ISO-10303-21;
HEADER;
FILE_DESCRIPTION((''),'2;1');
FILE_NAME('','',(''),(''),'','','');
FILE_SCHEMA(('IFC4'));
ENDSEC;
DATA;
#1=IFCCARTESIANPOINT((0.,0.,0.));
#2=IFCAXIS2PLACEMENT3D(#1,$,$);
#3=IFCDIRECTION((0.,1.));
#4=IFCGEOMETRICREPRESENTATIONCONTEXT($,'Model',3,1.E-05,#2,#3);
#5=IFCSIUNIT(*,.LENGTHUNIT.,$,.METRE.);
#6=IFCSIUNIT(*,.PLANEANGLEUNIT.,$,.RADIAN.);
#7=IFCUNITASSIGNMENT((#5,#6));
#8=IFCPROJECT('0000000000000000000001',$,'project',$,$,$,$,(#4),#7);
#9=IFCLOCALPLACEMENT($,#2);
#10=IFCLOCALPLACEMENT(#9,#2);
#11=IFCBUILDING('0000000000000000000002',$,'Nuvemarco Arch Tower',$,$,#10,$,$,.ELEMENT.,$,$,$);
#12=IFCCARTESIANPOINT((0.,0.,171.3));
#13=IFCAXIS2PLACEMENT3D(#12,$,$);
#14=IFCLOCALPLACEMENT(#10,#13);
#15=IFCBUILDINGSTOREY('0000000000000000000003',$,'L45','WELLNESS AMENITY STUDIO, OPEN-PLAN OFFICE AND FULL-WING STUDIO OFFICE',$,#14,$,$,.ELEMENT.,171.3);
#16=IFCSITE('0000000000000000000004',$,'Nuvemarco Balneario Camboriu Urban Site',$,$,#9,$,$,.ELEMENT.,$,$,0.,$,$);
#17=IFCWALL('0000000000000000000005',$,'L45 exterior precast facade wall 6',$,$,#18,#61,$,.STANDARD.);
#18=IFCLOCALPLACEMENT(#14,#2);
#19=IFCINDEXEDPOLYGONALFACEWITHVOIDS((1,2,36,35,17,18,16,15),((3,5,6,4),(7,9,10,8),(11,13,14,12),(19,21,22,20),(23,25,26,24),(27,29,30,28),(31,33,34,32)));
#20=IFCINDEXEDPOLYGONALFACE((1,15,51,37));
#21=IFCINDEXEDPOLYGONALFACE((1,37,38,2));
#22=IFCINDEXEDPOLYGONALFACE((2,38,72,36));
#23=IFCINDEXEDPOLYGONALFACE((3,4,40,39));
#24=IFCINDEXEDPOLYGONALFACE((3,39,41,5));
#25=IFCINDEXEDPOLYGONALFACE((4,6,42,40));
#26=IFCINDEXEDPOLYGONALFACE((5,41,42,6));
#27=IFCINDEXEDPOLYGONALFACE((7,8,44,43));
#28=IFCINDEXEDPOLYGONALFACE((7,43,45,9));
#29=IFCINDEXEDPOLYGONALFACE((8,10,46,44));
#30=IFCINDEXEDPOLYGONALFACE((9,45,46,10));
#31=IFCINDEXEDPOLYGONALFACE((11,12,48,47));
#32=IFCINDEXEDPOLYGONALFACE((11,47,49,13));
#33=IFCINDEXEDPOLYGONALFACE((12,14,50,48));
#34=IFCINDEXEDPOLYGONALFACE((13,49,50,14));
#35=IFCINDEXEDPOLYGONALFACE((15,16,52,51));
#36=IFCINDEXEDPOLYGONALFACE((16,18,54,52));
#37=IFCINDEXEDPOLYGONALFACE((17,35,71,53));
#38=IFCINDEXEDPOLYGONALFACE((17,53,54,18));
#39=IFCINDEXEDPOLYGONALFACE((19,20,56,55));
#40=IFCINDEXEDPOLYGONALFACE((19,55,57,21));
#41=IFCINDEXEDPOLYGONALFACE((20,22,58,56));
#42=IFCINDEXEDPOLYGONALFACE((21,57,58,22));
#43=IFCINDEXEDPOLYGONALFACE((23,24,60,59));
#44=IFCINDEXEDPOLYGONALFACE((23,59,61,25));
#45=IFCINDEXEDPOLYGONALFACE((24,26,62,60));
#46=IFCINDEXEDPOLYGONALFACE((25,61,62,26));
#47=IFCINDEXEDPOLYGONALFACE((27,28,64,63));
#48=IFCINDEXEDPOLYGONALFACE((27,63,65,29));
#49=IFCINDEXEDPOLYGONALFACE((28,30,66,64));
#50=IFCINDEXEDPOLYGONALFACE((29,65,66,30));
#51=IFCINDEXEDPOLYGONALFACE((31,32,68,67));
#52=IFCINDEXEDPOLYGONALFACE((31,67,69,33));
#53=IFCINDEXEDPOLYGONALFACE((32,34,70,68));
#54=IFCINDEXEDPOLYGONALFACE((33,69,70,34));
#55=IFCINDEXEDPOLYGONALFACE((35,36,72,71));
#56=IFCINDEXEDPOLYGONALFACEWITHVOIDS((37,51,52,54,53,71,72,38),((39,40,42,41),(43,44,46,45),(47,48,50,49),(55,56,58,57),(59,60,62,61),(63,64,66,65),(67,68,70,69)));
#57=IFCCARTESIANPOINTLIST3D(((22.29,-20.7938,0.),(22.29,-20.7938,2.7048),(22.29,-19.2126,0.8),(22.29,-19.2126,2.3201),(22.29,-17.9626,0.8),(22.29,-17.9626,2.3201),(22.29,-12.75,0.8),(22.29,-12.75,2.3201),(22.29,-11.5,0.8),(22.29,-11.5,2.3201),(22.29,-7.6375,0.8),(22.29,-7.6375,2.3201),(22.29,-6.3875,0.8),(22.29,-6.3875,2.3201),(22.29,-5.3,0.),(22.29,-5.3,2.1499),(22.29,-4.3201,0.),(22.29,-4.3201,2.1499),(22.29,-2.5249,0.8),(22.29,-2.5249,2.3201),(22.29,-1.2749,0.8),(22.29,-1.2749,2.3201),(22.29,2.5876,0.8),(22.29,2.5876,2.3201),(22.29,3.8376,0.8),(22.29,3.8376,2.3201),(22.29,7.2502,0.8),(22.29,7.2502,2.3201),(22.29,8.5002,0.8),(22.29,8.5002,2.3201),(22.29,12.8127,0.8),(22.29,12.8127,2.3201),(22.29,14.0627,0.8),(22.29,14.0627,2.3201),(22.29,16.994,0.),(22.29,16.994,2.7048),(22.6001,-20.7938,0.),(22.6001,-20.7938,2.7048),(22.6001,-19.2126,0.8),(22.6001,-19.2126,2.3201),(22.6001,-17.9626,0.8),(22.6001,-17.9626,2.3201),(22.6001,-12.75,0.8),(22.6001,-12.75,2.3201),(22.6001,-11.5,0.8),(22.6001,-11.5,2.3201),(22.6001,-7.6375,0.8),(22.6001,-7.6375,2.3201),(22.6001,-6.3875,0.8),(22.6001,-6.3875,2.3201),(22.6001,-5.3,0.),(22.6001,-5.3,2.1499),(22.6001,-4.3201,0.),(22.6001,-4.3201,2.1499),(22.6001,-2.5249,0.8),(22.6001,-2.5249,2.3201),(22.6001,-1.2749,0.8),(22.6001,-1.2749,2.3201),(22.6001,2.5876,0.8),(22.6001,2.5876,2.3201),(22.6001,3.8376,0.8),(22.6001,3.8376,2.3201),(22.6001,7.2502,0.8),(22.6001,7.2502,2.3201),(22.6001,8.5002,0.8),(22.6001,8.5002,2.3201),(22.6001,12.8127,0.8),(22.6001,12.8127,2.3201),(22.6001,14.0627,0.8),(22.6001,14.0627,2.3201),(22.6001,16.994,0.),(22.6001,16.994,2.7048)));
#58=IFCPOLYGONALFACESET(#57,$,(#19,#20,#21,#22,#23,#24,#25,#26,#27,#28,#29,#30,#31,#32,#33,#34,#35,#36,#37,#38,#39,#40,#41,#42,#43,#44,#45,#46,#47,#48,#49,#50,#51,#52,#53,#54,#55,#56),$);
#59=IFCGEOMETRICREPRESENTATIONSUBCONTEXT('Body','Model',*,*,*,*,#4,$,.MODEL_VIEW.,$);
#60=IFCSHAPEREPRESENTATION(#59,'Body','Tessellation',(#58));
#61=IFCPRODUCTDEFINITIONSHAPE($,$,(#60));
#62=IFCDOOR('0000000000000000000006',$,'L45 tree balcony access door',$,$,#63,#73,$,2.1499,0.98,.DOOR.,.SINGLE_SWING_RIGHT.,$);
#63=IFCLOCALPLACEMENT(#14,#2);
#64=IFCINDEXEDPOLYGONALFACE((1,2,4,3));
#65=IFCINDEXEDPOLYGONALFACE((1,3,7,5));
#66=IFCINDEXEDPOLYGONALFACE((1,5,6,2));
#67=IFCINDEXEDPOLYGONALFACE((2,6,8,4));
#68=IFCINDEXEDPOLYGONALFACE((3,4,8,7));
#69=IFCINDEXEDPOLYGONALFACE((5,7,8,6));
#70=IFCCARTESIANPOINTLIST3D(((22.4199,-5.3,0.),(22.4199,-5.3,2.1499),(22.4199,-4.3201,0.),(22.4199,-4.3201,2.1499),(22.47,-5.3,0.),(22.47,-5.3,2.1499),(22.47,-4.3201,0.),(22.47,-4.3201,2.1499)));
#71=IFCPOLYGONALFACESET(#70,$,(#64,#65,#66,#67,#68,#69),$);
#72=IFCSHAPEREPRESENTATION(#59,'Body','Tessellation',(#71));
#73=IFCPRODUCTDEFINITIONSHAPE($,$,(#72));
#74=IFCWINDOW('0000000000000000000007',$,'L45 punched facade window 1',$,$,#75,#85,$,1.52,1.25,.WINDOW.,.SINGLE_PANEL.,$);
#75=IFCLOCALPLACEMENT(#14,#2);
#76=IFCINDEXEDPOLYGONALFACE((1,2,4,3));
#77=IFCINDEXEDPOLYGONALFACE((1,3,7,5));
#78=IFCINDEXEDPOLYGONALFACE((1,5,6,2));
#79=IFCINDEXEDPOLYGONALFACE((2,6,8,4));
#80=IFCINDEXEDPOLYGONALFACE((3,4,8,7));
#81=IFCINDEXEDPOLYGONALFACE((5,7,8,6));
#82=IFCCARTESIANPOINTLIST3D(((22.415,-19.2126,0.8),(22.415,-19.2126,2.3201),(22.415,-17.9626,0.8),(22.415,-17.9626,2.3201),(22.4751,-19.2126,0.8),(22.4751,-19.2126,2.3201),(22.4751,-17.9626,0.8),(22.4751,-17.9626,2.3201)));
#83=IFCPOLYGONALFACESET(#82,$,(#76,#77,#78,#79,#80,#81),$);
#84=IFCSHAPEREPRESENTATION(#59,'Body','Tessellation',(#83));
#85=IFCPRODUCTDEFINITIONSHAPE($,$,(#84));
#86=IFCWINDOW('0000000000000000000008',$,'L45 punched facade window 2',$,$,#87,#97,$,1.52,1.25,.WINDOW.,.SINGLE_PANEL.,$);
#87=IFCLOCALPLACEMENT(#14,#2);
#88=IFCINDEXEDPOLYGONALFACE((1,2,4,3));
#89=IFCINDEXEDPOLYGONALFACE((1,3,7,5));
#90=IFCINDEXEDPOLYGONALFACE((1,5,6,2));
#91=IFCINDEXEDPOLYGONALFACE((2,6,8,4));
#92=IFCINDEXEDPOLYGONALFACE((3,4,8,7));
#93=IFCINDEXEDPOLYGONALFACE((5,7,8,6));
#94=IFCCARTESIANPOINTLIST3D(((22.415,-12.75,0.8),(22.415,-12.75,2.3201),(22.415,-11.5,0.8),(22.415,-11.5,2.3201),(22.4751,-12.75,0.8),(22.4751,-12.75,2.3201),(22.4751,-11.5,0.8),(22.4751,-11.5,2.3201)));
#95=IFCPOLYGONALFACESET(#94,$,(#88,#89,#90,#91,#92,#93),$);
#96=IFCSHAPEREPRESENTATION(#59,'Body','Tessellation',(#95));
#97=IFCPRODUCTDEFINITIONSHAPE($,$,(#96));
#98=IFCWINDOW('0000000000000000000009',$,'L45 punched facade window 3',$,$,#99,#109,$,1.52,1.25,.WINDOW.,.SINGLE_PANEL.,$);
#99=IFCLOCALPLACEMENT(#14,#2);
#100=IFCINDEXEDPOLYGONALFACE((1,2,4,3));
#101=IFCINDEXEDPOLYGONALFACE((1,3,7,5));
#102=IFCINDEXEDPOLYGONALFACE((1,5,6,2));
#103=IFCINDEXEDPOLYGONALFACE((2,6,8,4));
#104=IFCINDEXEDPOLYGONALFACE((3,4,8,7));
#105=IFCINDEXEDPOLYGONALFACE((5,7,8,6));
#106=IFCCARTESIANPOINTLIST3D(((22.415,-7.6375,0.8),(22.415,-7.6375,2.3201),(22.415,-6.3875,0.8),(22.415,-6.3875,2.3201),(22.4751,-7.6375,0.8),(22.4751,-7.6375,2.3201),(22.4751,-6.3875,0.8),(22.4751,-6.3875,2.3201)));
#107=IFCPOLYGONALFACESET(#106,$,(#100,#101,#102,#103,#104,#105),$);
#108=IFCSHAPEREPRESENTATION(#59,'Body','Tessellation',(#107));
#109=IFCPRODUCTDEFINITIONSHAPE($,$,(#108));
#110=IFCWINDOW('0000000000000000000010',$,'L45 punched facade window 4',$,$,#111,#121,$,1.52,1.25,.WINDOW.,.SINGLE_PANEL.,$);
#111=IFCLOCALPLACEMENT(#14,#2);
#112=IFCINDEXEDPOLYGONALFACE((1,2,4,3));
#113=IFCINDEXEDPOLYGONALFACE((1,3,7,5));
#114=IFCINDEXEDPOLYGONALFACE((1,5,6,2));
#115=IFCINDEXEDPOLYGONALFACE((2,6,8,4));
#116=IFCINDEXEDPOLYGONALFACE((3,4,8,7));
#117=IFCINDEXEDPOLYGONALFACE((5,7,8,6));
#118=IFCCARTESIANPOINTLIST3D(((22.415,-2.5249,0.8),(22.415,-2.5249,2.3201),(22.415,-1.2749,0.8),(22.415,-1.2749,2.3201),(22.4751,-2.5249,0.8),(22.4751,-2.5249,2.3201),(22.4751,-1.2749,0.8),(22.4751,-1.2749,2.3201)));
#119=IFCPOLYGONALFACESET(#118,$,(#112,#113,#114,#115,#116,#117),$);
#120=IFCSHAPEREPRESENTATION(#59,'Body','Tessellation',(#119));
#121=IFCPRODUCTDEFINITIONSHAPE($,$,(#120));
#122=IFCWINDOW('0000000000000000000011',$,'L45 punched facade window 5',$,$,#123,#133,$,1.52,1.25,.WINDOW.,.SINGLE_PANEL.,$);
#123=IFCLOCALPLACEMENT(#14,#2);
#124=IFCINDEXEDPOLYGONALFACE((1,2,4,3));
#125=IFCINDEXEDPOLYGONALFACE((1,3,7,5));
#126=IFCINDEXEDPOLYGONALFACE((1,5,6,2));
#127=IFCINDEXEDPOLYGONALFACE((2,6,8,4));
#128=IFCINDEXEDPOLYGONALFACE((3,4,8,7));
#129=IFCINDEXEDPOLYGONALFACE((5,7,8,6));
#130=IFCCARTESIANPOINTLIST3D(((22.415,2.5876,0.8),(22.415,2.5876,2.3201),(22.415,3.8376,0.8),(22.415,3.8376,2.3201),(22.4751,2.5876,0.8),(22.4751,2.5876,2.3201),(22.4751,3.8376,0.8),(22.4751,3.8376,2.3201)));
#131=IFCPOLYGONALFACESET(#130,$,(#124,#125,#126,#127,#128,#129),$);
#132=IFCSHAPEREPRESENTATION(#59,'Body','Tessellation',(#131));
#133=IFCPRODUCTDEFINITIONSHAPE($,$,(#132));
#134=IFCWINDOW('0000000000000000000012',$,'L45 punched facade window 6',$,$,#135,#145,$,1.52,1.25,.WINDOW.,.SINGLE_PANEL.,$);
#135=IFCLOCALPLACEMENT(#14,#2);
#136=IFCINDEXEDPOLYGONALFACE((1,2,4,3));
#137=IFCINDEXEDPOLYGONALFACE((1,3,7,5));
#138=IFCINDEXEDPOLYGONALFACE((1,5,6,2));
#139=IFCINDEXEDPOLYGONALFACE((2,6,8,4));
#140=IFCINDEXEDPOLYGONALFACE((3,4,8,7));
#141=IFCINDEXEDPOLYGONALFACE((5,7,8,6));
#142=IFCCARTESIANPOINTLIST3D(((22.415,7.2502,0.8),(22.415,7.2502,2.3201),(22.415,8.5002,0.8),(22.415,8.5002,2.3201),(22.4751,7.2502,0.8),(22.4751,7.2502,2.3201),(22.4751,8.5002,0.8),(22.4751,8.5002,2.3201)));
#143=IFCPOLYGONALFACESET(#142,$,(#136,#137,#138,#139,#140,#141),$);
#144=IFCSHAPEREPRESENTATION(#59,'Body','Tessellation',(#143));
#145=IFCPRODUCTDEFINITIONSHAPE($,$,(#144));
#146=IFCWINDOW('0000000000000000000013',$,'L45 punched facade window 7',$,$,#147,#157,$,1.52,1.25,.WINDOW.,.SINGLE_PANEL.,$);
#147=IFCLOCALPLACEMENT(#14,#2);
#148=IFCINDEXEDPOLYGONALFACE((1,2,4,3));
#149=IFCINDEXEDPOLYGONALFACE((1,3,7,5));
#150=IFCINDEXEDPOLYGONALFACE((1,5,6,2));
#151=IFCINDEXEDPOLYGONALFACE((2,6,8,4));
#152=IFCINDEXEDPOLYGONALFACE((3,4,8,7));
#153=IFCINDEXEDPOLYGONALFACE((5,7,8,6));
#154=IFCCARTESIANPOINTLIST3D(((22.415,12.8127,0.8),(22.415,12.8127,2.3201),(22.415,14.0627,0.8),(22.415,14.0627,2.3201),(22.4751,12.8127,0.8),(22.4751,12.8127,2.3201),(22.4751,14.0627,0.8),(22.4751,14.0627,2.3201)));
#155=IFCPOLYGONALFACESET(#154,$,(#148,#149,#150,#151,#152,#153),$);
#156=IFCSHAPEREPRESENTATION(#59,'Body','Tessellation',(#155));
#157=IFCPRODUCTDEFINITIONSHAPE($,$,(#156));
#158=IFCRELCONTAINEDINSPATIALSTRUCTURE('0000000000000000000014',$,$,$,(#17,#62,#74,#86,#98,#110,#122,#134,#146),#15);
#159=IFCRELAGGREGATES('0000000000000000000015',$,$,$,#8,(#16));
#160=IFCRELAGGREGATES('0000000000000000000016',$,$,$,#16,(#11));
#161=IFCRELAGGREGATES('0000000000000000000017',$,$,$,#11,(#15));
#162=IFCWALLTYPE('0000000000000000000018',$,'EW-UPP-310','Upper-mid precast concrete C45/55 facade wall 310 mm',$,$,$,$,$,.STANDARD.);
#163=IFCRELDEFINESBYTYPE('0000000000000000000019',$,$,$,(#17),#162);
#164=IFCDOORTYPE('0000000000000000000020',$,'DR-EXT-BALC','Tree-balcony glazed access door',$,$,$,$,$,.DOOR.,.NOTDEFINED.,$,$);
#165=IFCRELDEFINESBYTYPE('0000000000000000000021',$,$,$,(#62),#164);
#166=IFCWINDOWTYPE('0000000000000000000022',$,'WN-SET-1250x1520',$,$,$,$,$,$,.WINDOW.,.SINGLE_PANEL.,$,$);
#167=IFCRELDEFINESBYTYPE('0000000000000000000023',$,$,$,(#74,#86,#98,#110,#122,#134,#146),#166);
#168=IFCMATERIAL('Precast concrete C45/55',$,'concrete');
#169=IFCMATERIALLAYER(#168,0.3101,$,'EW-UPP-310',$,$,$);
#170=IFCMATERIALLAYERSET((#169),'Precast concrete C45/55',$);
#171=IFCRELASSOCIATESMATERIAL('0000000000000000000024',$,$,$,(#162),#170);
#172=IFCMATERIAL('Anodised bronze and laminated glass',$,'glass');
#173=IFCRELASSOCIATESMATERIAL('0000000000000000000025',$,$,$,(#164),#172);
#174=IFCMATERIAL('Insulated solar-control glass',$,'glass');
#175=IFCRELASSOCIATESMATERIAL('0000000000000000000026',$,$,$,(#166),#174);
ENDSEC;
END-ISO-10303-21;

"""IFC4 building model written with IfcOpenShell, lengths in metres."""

from ifc_helpers import new_model, si_unit, direction, frame, frame_2d, origin, place, context, subcontext, project, spatial, rectangle, extrude, source, transform, mapped, material, layer, layer_set, type_object, type_shapes, element, fill, save


model = new_model("IFC4")

# Units and contexts
model_context = context("Model", 3, precision=1e-05, world=origin(), true_north=direction((0.0, 1.0)))
body_context = subcontext(model_context, "Body", "Model", "MODEL_VIEW")
ifc_project = project(units=[si_unit("LENGTHUNIT", "METRE"), si_unit("PLANEANGLEUNIT", "RADIAN")], contexts=[model_context])

# Site, building, storey
site_placement = place(None, origin())
site = spatial("IfcSite", under=ifc_project, at=site_placement, Name="Nuvemarco Balneario Camboriu Urban Site", CompositionType="ELEMENT", RefElevation=0.0)
building_placement = place(site_placement, origin())
building = spatial("IfcBuilding", under=site, at=building_placement, Name="Nuvemarco Arch Tower", CompositionType="ELEMENT")
storey_placement = place(building_placement, frame((0.0, 0.0, 171.3)))
storey = spatial("IfcBuildingStorey", under=building, at=storey_placement, Name="L45", Description="WELLNESS AMENITY STUDIO, OPEN-PLAN OFFICE AND FULL-WING STUDIO OFFICE", CompositionType="ELEMENT", Elevation=171.3)

# Shared definitions
ifc_material_1 = material(Name="Precast concrete C45/55", Category="concrete")

# Shared definitions
ifc_layer_1 = layer(ifc_material_1, 0.3101, Name="EW-UPP-310")
ifc_layer_set_1 = layer_set([ifc_layer_1], Name="Precast concrete C45/55")
wall_type_1 = type_object("IfcWallType", Name="EW-UPP-310", Description="Upper-mid precast concrete C45/55 facade wall 310 mm", PredefinedType="STANDARD", material=ifc_layer_set_1)

# Wall, openings, door, windows
wall_1_placement = place(storey_placement, frame((22.4451, -20.7939, 0.0), z_axis=(0.0, 0.0, 1.0), x_axis=(0.0, 1.0, 0.0)))
wall_1 = element("IfcWall", 1, at=wall_1_placement, inside=storey, type_object=wall_type_1, Name="L45 exterior precast facade wall 6", PredefinedType="STANDARD", context=body_context, shape_type="SweptSolid", body=[
    extrude(rectangle(XDim=37.7878, YDim=0.3101, at=frame_2d((18.894, 0.0))), origin(), (0.0, 0.0, 1.0), 2.7048),
])
opening_1_placement = place(wall_1_placement, frame((16.4739, 0.0, 0.0), z_axis=(0.0, 0.0, 1.0), x_axis=(-1.0, 0.0, 0.0)))
opening_1 = element("IfcOpeningElement", 2, at=opening_1_placement, cuts=wall_1, PredefinedType="OPENING", context=body_context, shape_type="SweptSolid", body=[
    extrude(rectangle(XDim=0.98, YDim=2.1499, at=frame_2d((0.49, 1.075))), frame((0.0, 0.165, 0.0), z_axis=(0.0, -1.0, 0.0), x_axis=(1.0, 0.0, 0.0)), (0.0, 0.0, 1.0), 0.3301),
])
opening_2_placement = place(wall_1_placement, frame((1.5813, 0.0, 0.8)))
opening_2 = element("IfcOpeningElement", 3, at=opening_2_placement, cuts=wall_1, PredefinedType="OPENING", context=body_context, shape_type="SweptSolid", body=[
    extrude(rectangle(XDim=1.25, YDim=1.52, at=frame_2d((0.625, 0.76))), frame((0.0, 0.165, 0.0), z_axis=(0.0, -1.0, 0.0), x_axis=(1.0, 0.0, 0.0)), (0.0, 0.0, 1.0), 0.3301),
])
opening_3_placement = place(wall_1_placement, frame((8.0439, 0.0, 0.8)))
opening_3 = element("IfcOpeningElement", 4, at=opening_3_placement, cuts=wall_1, PredefinedType="OPENING", context=body_context, shape_type="SweptSolid", body=[
    extrude(rectangle(XDim=1.25, YDim=1.52, at=frame_2d((0.625, 0.76))), frame((0.0, 0.165, 0.0), z_axis=(0.0, -1.0, 0.0), x_axis=(1.0, 0.0, 0.0)), (0.0, 0.0, 1.0), 0.3301),
])
opening_4_placement = place(wall_1_placement, frame((13.1565, 0.0, 0.8)))
opening_4 = element("IfcOpeningElement", 5, at=opening_4_placement, cuts=wall_1, PredefinedType="OPENING", context=body_context, shape_type="SweptSolid", body=[
    extrude(rectangle(XDim=1.25, YDim=1.52, at=frame_2d((0.625, 0.76))), frame((0.0, 0.165, 0.0), z_axis=(0.0, -1.0, 0.0), x_axis=(1.0, 0.0, 0.0)), (0.0, 0.0, 1.0), 0.3301),
])
opening_5_placement = place(wall_1_placement, frame((18.269, 0.0, 0.8)))
opening_5 = element("IfcOpeningElement", 6, at=opening_5_placement, cuts=wall_1, PredefinedType="OPENING", context=body_context, shape_type="SweptSolid", body=[
    extrude(rectangle(XDim=1.25, YDim=1.52, at=frame_2d((0.625, 0.76))), frame((0.0, 0.165, 0.0), z_axis=(0.0, -1.0, 0.0), x_axis=(1.0, 0.0, 0.0)), (0.0, 0.0, 1.0), 0.3301),
])
opening_6_placement = place(wall_1_placement, frame((23.3816, 0.0, 0.8)))
opening_6 = element("IfcOpeningElement", 7, at=opening_6_placement, cuts=wall_1, PredefinedType="OPENING", context=body_context, shape_type="SweptSolid", body=[
    extrude(rectangle(XDim=1.25, YDim=1.52, at=frame_2d((0.625, 0.76))), frame((0.0, 0.165, 0.0), z_axis=(0.0, -1.0, 0.0), x_axis=(1.0, 0.0, 0.0)), (0.0, 0.0, 1.0), 0.3301),
])
opening_7_placement = place(wall_1_placement, frame((28.0442, 0.0, 0.8)))
opening_7 = element("IfcOpeningElement", 8, at=opening_7_placement, cuts=wall_1, PredefinedType="OPENING", context=body_context, shape_type="SweptSolid", body=[
    extrude(rectangle(XDim=1.25, YDim=1.52, at=frame_2d((0.625, 0.76))), frame((0.0, 0.165, 0.0), z_axis=(0.0, -1.0, 0.0), x_axis=(1.0, 0.0, 0.0)), (0.0, 0.0, 1.0), 0.3301),
])
opening_8_placement = place(wall_1_placement, frame((33.6067, 0.0, 0.8)))
opening_8 = element("IfcOpeningElement", 9, at=opening_8_placement, cuts=wall_1, PredefinedType="OPENING", context=body_context, shape_type="SweptSolid", body=[
    extrude(rectangle(XDim=1.25, YDim=1.52, at=frame_2d((0.625, 0.76))), frame((0.0, 0.165, 0.0), z_axis=(0.0, -1.0, 0.0), x_axis=(1.0, 0.0, 0.0)), (0.0, 0.0, 1.0), 0.3301),
])
ifc_material_2 = material(Name="Anodised bronze and laminated glass", Category="glass")
door_type = type_object("IfcDoorType", Name="DR-EXT-BALC", Description="Tree-balcony glazed access door", OperationType="NOTDEFINED", PredefinedType="DOOR", material=ifc_material_2)
shared_shape_1 = source(origin(), body_context, "Body", "SweptSolid", [
    extrude(rectangle(XDim=0.98, YDim=2.1499, at=frame_2d((0.49, 1.075))), frame((0.0, 0.0249, 0.0), z_axis=(0.0, -1.0, 0.0), x_axis=(1.0, 0.0, 0.0)), (0.0, 0.0, 1.0), 0.05),
])
type_shapes(door_type, [shared_shape_1])
door_placement = place(opening_1_placement, origin())
door = element("IfcDoor", 10, at=door_placement, inside=storey, type_object=door_type, Name="L45 tree balcony access door", OperationType="SINGLE_SWING_RIGHT", OverallHeight=2.1499, OverallWidth=0.98, PredefinedType="DOOR", context=body_context, shape_type="MappedRepresentation", body=[
    mapped(shared_shape_1, transform((0.0, 0.0, 0.0), scale=1.0)),
])
fill(opening_1, door)
ifc_material_3 = material(Name="Insulated solar-control glass", Category="glass")
window_type = type_object("IfcWindowType", Name="WN-SET-1250x1520", PartitioningType="SINGLE_PANEL", PredefinedType="WINDOW", material=ifc_material_3)
shared_shape_2 = source(origin(), body_context, "Body", "SweptSolid", [
    extrude(rectangle(XDim=1.25, YDim=1.52, at=frame_2d((0.625, 0.76))), frame((0.0, 0.03, 0.0), z_axis=(0.0, -1.0, 0.0), x_axis=(1.0, 0.0, 0.0)), (0.0, 0.0, 1.0), 0.0601),
])
type_shapes(window_type, [shared_shape_2])
window_1_placement = place(opening_2_placement, origin())
window_1 = element("IfcWindow", 11, at=window_1_placement, inside=storey, type_object=window_type, Name="L45 punched facade window 1", OverallHeight=1.52, OverallWidth=1.25, PartitioningType="SINGLE_PANEL", PredefinedType="WINDOW", context=body_context, shape_type="MappedRepresentation", body=[
    mapped(shared_shape_2, transform((0.0, 0.0, 0.0), scale=1.0)),
])
fill(opening_2, window_1)
window_2_placement = place(opening_3_placement, origin())
window_2 = element("IfcWindow", 12, at=window_2_placement, inside=storey, type_object=window_type, Name="L45 punched facade window 2", OverallHeight=1.52, OverallWidth=1.25, PartitioningType="SINGLE_PANEL", PredefinedType="WINDOW", context=body_context, shape_type="MappedRepresentation", body=[
    mapped(shared_shape_2, transform((0.0, 0.0, 0.0), scale=1.0)),
])
fill(opening_3, window_2)
window_3_placement = place(opening_4_placement, origin())
window_3 = element("IfcWindow", 13, at=window_3_placement, inside=storey, type_object=window_type, Name="L45 punched facade window 3", OverallHeight=1.52, OverallWidth=1.25, PartitioningType="SINGLE_PANEL", PredefinedType="WINDOW", context=body_context, shape_type="MappedRepresentation", body=[
    mapped(shared_shape_2, transform((0.0, 0.0, 0.0), scale=1.0)),
])
fill(opening_4, window_3)
window_4_placement = place(opening_5_placement, origin())
window_4 = element("IfcWindow", 14, at=window_4_placement, inside=storey, type_object=window_type, Name="L45 punched facade window 4", OverallHeight=1.52, OverallWidth=1.25, PartitioningType="SINGLE_PANEL", PredefinedType="WINDOW", context=body_context, shape_type="MappedRepresentation", body=[
    mapped(shared_shape_2, transform((0.0, 0.0, 0.0), scale=1.0)),
])
fill(opening_5, window_4)
window_5_placement = place(opening_6_placement, origin())
window_5 = element("IfcWindow", 15, at=window_5_placement, inside=storey, type_object=window_type, Name="L45 punched facade window 5", OverallHeight=1.52, OverallWidth=1.25, PartitioningType="SINGLE_PANEL", PredefinedType="WINDOW", context=body_context, shape_type="MappedRepresentation", body=[
    mapped(shared_shape_2, transform((0.0, 0.0, 0.0), scale=1.0)),
])
fill(opening_6, window_5)
window_6_placement = place(opening_7_placement, origin())
window_6 = element("IfcWindow", 16, at=window_6_placement, inside=storey, type_object=window_type, Name="L45 punched facade window 6", OverallHeight=1.52, OverallWidth=1.25, PartitioningType="SINGLE_PANEL", PredefinedType="WINDOW", context=body_context, shape_type="MappedRepresentation", body=[
    mapped(shared_shape_2, transform((0.0, 0.0, 0.0), scale=1.0)),
])
fill(opening_7, window_6)
window_7_placement = place(opening_8_placement, origin())
window_7 = element("IfcWindow", 17, at=window_7_placement, inside=storey, type_object=window_type, Name="L45 punched facade window 7", OverallHeight=1.52, OverallWidth=1.25, PartitioningType="SINGLE_PANEL", PredefinedType="WINDOW", context=body_context, shape_type="MappedRepresentation", body=[
    mapped(shared_shape_2, transform((0.0, 0.0, 0.0), scale=1.0)),
])
fill(opening_8, window_7)

save(model, "model.ifc")
